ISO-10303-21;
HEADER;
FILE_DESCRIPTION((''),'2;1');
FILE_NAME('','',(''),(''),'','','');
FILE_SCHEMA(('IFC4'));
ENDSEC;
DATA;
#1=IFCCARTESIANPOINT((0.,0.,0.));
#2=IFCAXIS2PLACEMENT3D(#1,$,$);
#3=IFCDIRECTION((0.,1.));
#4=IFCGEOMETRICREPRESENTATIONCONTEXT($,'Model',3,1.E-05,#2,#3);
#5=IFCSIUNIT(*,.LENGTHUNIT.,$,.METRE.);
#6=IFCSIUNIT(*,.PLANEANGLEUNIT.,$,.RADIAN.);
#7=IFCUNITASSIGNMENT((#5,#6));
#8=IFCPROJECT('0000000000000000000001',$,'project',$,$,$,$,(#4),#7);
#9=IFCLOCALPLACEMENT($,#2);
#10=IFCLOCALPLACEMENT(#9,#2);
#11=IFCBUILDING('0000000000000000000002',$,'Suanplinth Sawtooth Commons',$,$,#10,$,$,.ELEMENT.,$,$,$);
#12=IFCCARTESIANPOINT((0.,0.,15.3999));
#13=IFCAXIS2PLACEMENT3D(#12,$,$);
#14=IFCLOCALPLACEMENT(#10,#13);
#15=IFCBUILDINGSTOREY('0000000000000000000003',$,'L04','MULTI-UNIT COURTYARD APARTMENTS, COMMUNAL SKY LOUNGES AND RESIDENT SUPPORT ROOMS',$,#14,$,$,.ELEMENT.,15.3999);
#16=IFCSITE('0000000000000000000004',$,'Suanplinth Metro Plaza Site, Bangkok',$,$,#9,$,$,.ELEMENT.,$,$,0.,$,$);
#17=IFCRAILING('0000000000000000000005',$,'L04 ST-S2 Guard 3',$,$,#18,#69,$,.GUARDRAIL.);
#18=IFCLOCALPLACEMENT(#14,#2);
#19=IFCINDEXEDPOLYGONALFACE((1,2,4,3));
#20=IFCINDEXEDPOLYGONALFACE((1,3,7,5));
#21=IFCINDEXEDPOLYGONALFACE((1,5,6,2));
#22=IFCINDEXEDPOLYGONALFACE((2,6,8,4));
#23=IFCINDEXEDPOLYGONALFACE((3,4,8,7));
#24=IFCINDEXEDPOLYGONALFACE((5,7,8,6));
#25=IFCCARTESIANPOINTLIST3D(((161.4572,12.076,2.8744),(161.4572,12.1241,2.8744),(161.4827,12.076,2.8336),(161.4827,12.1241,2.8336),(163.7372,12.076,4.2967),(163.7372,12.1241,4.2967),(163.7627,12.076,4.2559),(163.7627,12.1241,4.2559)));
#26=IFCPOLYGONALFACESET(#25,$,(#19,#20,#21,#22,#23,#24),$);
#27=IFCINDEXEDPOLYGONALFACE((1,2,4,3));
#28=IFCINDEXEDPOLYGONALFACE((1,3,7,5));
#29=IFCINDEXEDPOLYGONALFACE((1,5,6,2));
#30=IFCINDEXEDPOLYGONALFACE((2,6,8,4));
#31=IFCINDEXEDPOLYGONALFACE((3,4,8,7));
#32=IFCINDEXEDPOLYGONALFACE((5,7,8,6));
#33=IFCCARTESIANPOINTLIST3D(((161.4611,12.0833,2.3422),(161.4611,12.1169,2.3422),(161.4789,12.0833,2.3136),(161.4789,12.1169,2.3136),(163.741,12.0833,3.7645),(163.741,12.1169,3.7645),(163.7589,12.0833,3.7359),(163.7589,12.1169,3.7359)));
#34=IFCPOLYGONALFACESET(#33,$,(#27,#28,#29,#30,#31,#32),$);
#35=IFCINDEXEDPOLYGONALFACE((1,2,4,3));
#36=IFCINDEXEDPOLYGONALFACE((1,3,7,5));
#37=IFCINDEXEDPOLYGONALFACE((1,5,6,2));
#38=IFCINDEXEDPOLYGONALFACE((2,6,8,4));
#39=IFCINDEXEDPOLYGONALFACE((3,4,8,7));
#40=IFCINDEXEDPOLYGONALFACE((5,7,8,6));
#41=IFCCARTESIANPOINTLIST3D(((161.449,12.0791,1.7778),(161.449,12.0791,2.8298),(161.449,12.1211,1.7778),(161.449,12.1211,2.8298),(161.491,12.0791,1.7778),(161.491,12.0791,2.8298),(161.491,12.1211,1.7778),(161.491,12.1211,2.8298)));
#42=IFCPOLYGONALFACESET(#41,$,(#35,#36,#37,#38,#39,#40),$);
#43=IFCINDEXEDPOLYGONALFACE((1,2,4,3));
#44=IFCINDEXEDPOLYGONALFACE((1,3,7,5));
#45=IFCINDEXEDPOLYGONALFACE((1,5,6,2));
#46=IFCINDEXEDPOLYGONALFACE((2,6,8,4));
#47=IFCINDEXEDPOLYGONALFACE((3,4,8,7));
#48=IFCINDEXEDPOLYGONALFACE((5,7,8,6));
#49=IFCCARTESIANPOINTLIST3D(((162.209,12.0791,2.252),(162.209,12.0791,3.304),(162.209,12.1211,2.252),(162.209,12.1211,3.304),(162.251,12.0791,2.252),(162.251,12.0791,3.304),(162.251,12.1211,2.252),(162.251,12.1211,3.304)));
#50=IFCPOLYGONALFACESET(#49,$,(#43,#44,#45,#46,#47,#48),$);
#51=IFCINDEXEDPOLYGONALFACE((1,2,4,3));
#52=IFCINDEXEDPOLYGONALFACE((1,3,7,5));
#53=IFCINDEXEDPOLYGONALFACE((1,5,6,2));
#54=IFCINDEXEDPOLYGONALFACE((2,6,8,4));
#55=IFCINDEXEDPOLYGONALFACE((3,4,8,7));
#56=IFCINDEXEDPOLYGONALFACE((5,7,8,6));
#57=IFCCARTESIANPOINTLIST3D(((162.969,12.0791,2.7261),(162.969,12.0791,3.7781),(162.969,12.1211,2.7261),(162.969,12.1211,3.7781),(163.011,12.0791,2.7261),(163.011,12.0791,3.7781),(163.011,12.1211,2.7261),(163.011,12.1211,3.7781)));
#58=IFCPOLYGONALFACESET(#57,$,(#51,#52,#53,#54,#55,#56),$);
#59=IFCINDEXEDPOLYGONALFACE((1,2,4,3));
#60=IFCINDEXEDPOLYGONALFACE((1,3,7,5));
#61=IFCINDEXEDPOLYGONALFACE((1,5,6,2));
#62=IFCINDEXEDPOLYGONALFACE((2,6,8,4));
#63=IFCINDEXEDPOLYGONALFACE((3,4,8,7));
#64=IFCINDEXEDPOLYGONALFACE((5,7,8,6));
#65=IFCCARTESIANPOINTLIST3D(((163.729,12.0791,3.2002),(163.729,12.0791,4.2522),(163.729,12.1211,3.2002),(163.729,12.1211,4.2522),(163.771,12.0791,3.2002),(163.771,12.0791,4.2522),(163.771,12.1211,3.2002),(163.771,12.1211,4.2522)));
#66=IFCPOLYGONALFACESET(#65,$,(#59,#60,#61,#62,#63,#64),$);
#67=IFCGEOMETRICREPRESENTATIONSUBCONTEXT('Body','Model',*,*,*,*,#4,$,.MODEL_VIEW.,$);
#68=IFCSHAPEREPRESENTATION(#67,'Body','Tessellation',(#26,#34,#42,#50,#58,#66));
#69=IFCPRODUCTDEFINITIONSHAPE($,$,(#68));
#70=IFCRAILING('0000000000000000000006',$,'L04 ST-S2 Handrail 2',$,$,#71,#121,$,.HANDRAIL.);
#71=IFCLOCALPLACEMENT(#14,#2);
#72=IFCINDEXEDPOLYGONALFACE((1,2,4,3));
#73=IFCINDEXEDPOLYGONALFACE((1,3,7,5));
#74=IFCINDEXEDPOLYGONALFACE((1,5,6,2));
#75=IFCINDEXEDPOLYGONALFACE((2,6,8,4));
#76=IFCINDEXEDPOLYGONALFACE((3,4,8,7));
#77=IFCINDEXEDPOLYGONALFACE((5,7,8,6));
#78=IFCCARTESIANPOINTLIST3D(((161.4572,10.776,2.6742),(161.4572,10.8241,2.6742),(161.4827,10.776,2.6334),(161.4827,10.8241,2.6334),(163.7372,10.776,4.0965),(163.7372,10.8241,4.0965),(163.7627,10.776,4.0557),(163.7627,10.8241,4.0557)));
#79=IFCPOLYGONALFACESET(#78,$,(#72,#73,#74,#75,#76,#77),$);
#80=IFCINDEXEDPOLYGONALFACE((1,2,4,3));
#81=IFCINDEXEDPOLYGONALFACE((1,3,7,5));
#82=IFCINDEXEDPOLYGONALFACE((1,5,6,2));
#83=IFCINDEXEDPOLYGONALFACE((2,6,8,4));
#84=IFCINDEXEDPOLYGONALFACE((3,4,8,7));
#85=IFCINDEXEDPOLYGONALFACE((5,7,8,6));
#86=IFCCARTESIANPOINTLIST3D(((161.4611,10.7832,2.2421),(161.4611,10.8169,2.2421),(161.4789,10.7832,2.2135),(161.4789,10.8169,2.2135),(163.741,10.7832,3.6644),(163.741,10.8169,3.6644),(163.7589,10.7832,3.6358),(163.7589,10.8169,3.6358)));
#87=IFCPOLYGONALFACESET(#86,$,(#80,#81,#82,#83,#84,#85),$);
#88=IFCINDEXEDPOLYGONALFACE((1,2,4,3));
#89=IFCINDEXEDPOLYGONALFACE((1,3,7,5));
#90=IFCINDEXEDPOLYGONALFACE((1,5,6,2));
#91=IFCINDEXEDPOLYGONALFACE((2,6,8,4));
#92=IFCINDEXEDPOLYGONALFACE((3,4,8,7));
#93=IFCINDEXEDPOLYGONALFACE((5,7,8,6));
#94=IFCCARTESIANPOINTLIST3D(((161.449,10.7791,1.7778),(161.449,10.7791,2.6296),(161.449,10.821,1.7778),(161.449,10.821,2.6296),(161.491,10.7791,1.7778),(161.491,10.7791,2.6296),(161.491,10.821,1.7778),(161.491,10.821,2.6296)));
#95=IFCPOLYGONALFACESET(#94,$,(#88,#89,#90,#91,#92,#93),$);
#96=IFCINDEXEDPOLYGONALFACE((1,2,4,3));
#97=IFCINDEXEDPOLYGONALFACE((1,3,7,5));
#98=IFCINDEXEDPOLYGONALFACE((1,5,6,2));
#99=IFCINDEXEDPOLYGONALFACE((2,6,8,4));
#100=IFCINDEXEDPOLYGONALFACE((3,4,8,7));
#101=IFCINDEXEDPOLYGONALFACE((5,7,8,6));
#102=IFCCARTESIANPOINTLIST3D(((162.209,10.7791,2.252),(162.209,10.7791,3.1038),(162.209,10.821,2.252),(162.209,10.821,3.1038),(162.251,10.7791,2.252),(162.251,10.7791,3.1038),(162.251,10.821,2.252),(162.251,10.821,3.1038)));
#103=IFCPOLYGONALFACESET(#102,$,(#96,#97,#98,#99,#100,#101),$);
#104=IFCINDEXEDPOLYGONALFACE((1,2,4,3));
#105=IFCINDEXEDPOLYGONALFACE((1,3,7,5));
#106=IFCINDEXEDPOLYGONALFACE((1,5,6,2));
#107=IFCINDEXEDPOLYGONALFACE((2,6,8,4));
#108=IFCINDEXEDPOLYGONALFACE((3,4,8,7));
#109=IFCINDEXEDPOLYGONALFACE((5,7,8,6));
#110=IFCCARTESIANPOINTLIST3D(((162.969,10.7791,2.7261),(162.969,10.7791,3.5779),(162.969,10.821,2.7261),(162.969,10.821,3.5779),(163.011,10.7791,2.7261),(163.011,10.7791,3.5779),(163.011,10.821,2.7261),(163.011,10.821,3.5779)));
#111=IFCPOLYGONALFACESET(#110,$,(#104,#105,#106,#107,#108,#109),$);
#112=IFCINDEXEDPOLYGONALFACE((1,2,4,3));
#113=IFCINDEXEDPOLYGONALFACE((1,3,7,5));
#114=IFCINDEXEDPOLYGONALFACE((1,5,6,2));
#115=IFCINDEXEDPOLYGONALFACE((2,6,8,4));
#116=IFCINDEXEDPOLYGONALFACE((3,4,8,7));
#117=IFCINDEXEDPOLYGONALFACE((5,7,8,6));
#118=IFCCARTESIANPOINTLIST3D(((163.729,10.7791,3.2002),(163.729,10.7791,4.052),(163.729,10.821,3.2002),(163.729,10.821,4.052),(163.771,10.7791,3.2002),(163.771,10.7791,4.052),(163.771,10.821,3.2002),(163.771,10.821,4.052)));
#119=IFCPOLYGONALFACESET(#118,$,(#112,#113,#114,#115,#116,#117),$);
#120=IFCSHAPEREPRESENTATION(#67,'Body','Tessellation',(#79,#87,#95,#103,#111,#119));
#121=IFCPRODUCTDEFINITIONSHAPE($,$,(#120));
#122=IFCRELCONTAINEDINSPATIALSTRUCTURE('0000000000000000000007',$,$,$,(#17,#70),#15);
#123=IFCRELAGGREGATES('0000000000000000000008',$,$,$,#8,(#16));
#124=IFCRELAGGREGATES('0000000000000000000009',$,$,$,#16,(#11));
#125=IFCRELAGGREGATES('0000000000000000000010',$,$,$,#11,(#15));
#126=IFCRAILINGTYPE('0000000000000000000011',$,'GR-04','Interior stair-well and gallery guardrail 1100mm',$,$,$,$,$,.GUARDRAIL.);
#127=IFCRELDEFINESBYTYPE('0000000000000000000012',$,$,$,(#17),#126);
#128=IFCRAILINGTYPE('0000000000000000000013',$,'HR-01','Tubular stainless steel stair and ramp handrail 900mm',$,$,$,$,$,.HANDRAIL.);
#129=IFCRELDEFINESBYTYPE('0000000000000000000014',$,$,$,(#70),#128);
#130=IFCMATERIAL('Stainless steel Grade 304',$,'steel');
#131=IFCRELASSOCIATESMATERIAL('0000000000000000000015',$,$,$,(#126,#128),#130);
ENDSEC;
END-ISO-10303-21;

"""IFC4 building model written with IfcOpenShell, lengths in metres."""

from ifc_helpers import new_model, si_unit, direction, frame, origin, origin_2d, place, context, subcontext, project, spatial, rectangle, extrude, material, type_object, element, save


model = new_model("IFC4")

# Units and contexts
model_context = context("Model", 3, precision=1e-05, world=origin(), true_north=direction((0.0, 1.0)))
body_context = subcontext(model_context, "Body", "Model", "MODEL_VIEW")
ifc_project = project(units=[si_unit("LENGTHUNIT", "METRE"), si_unit("PLANEANGLEUNIT", "RADIAN")], contexts=[model_context])

# Site, building, storey
site_placement = place(None, origin())
site = spatial("IfcSite", under=ifc_project, at=site_placement, Name="Suanplinth Metro Plaza Site, Bangkok", CompositionType="ELEMENT", RefElevation=0.0)
building_placement = place(site_placement, origin())
building = spatial("IfcBuilding", under=site, at=building_placement, Name="Suanplinth Sawtooth Commons", CompositionType="ELEMENT")
storey_placement = place(building_placement, frame((0.0, 0.0, 15.3999)))
storey = spatial("IfcBuildingStorey", under=building, at=storey_placement, Name="L04", Description="MULTI-UNIT COURTYARD APARTMENTS, COMMUNAL SKY LOUNGES AND RESIDENT SUPPORT ROOMS", CompositionType="ELEMENT", Elevation=15.3999)

# Railings
ifc_material_1 = material(Name="Stainless steel Grade 304", Category="steel")
railing_type_1 = type_object("IfcRailingType", Name="GR-04", Description="Interior stair-well and gallery guardrail 1100mm", PredefinedType="GUARDRAIL", material=ifc_material_1)
railing_1_placement = place(storey_placement, frame((161.47, 12.1001, 1.7778)))
element("IfcRailing", 1, at=railing_1_placement, inside=storey, type_object=railing_type_1, Name="L04 ST-S2 Guard 3", PredefinedType="GUARDRAIL", context=body_context, shape_type="SweptSolid", body=[
    extrude(rectangle(XDim=0.0481, YDim=0.0481, at=origin_2d()), frame((0.0, 0.0, 1.0762), z_axis=(0.848442, 0.0, 0.529288), x_axis=(0.0, 1.0, 0.0)), (0.0, 0.0, 1.0), 2.6873),
    extrude(rectangle(XDim=0.0337, YDim=0.0337, at=origin_2d()), frame((0.0, 0.0, 0.55), z_axis=(0.848442, 0.0, 0.529288), x_axis=(0.0, 1.0, 0.0)), (0.0, 0.0, 1.0), 2.6873),
    extrude(rectangle(XDim=0.042, YDim=0.042, at=origin_2d()), origin(), (0.0, 0.0, 1.0), 1.052),
    extrude(rectangle(XDim=0.042, YDim=0.042, at=origin_2d()), frame((0.76, 0.0, 0.4741)), (0.0, 0.0, 1.0), 1.052),
    extrude(rectangle(XDim=0.042, YDim=0.042, at=origin_2d()), frame((1.52, 0.0, 0.9482)), (0.0, 0.0, 1.0), 1.052),
    extrude(rectangle(XDim=0.042, YDim=0.042, at=origin_2d()), frame((2.28, 0.0, 1.4224)), (0.0, 0.0, 1.0), 1.052),
])
railing_type_2 = type_object("IfcRailingType", Name="HR-01", Description="Tubular stainless steel stair and ramp handrail 900mm", PredefinedType="HANDRAIL", material=ifc_material_1)
railing_2_placement = place(storey_placement, frame((161.47, 10.8, 1.7778)))
element("IfcRailing", 2, at=railing_2_placement, inside=storey, type_object=railing_type_2, Name="L04 ST-S2 Handrail 2", PredefinedType="HANDRAIL", context=body_context, shape_type="SweptSolid", body=[
    extrude(rectangle(XDim=0.0481, YDim=0.0481, at=origin_2d()), frame((0.0, 0.0, 0.876), z_axis=(0.848442, 0.0, 0.529288), x_axis=(0.0, 1.0, 0.0)), (0.0, 0.0, 1.0), 2.6873),
    extrude(rectangle(XDim=0.0337, YDim=0.0337, at=origin_2d()), frame((0.0, 0.0, 0.45), z_axis=(0.848442, 0.0, 0.529288), x_axis=(0.0, 1.0, 0.0)), (0.0, 0.0, 1.0), 2.6873),
    extrude(rectangle(XDim=0.042, YDim=0.042, at=origin_2d()), origin(), (0.0, 0.0, 1.0), 0.8518),
    extrude(rectangle(XDim=0.042, YDim=0.042, at=origin_2d()), frame((0.76, 0.0, 0.4741)), (0.0, 0.0, 1.0), 0.8518),
    extrude(rectangle(XDim=0.042, YDim=0.042, at=origin_2d()), frame((1.52, 0.0, 0.9482)), (0.0, 0.0, 1.0), 0.8518),
    extrude(rectangle(XDim=0.042, YDim=0.042, at=origin_2d()), frame((2.28, 0.0, 1.4224)), (0.0, 0.0, 1.0), 0.8518),
])

save(model, "model.ifc")
